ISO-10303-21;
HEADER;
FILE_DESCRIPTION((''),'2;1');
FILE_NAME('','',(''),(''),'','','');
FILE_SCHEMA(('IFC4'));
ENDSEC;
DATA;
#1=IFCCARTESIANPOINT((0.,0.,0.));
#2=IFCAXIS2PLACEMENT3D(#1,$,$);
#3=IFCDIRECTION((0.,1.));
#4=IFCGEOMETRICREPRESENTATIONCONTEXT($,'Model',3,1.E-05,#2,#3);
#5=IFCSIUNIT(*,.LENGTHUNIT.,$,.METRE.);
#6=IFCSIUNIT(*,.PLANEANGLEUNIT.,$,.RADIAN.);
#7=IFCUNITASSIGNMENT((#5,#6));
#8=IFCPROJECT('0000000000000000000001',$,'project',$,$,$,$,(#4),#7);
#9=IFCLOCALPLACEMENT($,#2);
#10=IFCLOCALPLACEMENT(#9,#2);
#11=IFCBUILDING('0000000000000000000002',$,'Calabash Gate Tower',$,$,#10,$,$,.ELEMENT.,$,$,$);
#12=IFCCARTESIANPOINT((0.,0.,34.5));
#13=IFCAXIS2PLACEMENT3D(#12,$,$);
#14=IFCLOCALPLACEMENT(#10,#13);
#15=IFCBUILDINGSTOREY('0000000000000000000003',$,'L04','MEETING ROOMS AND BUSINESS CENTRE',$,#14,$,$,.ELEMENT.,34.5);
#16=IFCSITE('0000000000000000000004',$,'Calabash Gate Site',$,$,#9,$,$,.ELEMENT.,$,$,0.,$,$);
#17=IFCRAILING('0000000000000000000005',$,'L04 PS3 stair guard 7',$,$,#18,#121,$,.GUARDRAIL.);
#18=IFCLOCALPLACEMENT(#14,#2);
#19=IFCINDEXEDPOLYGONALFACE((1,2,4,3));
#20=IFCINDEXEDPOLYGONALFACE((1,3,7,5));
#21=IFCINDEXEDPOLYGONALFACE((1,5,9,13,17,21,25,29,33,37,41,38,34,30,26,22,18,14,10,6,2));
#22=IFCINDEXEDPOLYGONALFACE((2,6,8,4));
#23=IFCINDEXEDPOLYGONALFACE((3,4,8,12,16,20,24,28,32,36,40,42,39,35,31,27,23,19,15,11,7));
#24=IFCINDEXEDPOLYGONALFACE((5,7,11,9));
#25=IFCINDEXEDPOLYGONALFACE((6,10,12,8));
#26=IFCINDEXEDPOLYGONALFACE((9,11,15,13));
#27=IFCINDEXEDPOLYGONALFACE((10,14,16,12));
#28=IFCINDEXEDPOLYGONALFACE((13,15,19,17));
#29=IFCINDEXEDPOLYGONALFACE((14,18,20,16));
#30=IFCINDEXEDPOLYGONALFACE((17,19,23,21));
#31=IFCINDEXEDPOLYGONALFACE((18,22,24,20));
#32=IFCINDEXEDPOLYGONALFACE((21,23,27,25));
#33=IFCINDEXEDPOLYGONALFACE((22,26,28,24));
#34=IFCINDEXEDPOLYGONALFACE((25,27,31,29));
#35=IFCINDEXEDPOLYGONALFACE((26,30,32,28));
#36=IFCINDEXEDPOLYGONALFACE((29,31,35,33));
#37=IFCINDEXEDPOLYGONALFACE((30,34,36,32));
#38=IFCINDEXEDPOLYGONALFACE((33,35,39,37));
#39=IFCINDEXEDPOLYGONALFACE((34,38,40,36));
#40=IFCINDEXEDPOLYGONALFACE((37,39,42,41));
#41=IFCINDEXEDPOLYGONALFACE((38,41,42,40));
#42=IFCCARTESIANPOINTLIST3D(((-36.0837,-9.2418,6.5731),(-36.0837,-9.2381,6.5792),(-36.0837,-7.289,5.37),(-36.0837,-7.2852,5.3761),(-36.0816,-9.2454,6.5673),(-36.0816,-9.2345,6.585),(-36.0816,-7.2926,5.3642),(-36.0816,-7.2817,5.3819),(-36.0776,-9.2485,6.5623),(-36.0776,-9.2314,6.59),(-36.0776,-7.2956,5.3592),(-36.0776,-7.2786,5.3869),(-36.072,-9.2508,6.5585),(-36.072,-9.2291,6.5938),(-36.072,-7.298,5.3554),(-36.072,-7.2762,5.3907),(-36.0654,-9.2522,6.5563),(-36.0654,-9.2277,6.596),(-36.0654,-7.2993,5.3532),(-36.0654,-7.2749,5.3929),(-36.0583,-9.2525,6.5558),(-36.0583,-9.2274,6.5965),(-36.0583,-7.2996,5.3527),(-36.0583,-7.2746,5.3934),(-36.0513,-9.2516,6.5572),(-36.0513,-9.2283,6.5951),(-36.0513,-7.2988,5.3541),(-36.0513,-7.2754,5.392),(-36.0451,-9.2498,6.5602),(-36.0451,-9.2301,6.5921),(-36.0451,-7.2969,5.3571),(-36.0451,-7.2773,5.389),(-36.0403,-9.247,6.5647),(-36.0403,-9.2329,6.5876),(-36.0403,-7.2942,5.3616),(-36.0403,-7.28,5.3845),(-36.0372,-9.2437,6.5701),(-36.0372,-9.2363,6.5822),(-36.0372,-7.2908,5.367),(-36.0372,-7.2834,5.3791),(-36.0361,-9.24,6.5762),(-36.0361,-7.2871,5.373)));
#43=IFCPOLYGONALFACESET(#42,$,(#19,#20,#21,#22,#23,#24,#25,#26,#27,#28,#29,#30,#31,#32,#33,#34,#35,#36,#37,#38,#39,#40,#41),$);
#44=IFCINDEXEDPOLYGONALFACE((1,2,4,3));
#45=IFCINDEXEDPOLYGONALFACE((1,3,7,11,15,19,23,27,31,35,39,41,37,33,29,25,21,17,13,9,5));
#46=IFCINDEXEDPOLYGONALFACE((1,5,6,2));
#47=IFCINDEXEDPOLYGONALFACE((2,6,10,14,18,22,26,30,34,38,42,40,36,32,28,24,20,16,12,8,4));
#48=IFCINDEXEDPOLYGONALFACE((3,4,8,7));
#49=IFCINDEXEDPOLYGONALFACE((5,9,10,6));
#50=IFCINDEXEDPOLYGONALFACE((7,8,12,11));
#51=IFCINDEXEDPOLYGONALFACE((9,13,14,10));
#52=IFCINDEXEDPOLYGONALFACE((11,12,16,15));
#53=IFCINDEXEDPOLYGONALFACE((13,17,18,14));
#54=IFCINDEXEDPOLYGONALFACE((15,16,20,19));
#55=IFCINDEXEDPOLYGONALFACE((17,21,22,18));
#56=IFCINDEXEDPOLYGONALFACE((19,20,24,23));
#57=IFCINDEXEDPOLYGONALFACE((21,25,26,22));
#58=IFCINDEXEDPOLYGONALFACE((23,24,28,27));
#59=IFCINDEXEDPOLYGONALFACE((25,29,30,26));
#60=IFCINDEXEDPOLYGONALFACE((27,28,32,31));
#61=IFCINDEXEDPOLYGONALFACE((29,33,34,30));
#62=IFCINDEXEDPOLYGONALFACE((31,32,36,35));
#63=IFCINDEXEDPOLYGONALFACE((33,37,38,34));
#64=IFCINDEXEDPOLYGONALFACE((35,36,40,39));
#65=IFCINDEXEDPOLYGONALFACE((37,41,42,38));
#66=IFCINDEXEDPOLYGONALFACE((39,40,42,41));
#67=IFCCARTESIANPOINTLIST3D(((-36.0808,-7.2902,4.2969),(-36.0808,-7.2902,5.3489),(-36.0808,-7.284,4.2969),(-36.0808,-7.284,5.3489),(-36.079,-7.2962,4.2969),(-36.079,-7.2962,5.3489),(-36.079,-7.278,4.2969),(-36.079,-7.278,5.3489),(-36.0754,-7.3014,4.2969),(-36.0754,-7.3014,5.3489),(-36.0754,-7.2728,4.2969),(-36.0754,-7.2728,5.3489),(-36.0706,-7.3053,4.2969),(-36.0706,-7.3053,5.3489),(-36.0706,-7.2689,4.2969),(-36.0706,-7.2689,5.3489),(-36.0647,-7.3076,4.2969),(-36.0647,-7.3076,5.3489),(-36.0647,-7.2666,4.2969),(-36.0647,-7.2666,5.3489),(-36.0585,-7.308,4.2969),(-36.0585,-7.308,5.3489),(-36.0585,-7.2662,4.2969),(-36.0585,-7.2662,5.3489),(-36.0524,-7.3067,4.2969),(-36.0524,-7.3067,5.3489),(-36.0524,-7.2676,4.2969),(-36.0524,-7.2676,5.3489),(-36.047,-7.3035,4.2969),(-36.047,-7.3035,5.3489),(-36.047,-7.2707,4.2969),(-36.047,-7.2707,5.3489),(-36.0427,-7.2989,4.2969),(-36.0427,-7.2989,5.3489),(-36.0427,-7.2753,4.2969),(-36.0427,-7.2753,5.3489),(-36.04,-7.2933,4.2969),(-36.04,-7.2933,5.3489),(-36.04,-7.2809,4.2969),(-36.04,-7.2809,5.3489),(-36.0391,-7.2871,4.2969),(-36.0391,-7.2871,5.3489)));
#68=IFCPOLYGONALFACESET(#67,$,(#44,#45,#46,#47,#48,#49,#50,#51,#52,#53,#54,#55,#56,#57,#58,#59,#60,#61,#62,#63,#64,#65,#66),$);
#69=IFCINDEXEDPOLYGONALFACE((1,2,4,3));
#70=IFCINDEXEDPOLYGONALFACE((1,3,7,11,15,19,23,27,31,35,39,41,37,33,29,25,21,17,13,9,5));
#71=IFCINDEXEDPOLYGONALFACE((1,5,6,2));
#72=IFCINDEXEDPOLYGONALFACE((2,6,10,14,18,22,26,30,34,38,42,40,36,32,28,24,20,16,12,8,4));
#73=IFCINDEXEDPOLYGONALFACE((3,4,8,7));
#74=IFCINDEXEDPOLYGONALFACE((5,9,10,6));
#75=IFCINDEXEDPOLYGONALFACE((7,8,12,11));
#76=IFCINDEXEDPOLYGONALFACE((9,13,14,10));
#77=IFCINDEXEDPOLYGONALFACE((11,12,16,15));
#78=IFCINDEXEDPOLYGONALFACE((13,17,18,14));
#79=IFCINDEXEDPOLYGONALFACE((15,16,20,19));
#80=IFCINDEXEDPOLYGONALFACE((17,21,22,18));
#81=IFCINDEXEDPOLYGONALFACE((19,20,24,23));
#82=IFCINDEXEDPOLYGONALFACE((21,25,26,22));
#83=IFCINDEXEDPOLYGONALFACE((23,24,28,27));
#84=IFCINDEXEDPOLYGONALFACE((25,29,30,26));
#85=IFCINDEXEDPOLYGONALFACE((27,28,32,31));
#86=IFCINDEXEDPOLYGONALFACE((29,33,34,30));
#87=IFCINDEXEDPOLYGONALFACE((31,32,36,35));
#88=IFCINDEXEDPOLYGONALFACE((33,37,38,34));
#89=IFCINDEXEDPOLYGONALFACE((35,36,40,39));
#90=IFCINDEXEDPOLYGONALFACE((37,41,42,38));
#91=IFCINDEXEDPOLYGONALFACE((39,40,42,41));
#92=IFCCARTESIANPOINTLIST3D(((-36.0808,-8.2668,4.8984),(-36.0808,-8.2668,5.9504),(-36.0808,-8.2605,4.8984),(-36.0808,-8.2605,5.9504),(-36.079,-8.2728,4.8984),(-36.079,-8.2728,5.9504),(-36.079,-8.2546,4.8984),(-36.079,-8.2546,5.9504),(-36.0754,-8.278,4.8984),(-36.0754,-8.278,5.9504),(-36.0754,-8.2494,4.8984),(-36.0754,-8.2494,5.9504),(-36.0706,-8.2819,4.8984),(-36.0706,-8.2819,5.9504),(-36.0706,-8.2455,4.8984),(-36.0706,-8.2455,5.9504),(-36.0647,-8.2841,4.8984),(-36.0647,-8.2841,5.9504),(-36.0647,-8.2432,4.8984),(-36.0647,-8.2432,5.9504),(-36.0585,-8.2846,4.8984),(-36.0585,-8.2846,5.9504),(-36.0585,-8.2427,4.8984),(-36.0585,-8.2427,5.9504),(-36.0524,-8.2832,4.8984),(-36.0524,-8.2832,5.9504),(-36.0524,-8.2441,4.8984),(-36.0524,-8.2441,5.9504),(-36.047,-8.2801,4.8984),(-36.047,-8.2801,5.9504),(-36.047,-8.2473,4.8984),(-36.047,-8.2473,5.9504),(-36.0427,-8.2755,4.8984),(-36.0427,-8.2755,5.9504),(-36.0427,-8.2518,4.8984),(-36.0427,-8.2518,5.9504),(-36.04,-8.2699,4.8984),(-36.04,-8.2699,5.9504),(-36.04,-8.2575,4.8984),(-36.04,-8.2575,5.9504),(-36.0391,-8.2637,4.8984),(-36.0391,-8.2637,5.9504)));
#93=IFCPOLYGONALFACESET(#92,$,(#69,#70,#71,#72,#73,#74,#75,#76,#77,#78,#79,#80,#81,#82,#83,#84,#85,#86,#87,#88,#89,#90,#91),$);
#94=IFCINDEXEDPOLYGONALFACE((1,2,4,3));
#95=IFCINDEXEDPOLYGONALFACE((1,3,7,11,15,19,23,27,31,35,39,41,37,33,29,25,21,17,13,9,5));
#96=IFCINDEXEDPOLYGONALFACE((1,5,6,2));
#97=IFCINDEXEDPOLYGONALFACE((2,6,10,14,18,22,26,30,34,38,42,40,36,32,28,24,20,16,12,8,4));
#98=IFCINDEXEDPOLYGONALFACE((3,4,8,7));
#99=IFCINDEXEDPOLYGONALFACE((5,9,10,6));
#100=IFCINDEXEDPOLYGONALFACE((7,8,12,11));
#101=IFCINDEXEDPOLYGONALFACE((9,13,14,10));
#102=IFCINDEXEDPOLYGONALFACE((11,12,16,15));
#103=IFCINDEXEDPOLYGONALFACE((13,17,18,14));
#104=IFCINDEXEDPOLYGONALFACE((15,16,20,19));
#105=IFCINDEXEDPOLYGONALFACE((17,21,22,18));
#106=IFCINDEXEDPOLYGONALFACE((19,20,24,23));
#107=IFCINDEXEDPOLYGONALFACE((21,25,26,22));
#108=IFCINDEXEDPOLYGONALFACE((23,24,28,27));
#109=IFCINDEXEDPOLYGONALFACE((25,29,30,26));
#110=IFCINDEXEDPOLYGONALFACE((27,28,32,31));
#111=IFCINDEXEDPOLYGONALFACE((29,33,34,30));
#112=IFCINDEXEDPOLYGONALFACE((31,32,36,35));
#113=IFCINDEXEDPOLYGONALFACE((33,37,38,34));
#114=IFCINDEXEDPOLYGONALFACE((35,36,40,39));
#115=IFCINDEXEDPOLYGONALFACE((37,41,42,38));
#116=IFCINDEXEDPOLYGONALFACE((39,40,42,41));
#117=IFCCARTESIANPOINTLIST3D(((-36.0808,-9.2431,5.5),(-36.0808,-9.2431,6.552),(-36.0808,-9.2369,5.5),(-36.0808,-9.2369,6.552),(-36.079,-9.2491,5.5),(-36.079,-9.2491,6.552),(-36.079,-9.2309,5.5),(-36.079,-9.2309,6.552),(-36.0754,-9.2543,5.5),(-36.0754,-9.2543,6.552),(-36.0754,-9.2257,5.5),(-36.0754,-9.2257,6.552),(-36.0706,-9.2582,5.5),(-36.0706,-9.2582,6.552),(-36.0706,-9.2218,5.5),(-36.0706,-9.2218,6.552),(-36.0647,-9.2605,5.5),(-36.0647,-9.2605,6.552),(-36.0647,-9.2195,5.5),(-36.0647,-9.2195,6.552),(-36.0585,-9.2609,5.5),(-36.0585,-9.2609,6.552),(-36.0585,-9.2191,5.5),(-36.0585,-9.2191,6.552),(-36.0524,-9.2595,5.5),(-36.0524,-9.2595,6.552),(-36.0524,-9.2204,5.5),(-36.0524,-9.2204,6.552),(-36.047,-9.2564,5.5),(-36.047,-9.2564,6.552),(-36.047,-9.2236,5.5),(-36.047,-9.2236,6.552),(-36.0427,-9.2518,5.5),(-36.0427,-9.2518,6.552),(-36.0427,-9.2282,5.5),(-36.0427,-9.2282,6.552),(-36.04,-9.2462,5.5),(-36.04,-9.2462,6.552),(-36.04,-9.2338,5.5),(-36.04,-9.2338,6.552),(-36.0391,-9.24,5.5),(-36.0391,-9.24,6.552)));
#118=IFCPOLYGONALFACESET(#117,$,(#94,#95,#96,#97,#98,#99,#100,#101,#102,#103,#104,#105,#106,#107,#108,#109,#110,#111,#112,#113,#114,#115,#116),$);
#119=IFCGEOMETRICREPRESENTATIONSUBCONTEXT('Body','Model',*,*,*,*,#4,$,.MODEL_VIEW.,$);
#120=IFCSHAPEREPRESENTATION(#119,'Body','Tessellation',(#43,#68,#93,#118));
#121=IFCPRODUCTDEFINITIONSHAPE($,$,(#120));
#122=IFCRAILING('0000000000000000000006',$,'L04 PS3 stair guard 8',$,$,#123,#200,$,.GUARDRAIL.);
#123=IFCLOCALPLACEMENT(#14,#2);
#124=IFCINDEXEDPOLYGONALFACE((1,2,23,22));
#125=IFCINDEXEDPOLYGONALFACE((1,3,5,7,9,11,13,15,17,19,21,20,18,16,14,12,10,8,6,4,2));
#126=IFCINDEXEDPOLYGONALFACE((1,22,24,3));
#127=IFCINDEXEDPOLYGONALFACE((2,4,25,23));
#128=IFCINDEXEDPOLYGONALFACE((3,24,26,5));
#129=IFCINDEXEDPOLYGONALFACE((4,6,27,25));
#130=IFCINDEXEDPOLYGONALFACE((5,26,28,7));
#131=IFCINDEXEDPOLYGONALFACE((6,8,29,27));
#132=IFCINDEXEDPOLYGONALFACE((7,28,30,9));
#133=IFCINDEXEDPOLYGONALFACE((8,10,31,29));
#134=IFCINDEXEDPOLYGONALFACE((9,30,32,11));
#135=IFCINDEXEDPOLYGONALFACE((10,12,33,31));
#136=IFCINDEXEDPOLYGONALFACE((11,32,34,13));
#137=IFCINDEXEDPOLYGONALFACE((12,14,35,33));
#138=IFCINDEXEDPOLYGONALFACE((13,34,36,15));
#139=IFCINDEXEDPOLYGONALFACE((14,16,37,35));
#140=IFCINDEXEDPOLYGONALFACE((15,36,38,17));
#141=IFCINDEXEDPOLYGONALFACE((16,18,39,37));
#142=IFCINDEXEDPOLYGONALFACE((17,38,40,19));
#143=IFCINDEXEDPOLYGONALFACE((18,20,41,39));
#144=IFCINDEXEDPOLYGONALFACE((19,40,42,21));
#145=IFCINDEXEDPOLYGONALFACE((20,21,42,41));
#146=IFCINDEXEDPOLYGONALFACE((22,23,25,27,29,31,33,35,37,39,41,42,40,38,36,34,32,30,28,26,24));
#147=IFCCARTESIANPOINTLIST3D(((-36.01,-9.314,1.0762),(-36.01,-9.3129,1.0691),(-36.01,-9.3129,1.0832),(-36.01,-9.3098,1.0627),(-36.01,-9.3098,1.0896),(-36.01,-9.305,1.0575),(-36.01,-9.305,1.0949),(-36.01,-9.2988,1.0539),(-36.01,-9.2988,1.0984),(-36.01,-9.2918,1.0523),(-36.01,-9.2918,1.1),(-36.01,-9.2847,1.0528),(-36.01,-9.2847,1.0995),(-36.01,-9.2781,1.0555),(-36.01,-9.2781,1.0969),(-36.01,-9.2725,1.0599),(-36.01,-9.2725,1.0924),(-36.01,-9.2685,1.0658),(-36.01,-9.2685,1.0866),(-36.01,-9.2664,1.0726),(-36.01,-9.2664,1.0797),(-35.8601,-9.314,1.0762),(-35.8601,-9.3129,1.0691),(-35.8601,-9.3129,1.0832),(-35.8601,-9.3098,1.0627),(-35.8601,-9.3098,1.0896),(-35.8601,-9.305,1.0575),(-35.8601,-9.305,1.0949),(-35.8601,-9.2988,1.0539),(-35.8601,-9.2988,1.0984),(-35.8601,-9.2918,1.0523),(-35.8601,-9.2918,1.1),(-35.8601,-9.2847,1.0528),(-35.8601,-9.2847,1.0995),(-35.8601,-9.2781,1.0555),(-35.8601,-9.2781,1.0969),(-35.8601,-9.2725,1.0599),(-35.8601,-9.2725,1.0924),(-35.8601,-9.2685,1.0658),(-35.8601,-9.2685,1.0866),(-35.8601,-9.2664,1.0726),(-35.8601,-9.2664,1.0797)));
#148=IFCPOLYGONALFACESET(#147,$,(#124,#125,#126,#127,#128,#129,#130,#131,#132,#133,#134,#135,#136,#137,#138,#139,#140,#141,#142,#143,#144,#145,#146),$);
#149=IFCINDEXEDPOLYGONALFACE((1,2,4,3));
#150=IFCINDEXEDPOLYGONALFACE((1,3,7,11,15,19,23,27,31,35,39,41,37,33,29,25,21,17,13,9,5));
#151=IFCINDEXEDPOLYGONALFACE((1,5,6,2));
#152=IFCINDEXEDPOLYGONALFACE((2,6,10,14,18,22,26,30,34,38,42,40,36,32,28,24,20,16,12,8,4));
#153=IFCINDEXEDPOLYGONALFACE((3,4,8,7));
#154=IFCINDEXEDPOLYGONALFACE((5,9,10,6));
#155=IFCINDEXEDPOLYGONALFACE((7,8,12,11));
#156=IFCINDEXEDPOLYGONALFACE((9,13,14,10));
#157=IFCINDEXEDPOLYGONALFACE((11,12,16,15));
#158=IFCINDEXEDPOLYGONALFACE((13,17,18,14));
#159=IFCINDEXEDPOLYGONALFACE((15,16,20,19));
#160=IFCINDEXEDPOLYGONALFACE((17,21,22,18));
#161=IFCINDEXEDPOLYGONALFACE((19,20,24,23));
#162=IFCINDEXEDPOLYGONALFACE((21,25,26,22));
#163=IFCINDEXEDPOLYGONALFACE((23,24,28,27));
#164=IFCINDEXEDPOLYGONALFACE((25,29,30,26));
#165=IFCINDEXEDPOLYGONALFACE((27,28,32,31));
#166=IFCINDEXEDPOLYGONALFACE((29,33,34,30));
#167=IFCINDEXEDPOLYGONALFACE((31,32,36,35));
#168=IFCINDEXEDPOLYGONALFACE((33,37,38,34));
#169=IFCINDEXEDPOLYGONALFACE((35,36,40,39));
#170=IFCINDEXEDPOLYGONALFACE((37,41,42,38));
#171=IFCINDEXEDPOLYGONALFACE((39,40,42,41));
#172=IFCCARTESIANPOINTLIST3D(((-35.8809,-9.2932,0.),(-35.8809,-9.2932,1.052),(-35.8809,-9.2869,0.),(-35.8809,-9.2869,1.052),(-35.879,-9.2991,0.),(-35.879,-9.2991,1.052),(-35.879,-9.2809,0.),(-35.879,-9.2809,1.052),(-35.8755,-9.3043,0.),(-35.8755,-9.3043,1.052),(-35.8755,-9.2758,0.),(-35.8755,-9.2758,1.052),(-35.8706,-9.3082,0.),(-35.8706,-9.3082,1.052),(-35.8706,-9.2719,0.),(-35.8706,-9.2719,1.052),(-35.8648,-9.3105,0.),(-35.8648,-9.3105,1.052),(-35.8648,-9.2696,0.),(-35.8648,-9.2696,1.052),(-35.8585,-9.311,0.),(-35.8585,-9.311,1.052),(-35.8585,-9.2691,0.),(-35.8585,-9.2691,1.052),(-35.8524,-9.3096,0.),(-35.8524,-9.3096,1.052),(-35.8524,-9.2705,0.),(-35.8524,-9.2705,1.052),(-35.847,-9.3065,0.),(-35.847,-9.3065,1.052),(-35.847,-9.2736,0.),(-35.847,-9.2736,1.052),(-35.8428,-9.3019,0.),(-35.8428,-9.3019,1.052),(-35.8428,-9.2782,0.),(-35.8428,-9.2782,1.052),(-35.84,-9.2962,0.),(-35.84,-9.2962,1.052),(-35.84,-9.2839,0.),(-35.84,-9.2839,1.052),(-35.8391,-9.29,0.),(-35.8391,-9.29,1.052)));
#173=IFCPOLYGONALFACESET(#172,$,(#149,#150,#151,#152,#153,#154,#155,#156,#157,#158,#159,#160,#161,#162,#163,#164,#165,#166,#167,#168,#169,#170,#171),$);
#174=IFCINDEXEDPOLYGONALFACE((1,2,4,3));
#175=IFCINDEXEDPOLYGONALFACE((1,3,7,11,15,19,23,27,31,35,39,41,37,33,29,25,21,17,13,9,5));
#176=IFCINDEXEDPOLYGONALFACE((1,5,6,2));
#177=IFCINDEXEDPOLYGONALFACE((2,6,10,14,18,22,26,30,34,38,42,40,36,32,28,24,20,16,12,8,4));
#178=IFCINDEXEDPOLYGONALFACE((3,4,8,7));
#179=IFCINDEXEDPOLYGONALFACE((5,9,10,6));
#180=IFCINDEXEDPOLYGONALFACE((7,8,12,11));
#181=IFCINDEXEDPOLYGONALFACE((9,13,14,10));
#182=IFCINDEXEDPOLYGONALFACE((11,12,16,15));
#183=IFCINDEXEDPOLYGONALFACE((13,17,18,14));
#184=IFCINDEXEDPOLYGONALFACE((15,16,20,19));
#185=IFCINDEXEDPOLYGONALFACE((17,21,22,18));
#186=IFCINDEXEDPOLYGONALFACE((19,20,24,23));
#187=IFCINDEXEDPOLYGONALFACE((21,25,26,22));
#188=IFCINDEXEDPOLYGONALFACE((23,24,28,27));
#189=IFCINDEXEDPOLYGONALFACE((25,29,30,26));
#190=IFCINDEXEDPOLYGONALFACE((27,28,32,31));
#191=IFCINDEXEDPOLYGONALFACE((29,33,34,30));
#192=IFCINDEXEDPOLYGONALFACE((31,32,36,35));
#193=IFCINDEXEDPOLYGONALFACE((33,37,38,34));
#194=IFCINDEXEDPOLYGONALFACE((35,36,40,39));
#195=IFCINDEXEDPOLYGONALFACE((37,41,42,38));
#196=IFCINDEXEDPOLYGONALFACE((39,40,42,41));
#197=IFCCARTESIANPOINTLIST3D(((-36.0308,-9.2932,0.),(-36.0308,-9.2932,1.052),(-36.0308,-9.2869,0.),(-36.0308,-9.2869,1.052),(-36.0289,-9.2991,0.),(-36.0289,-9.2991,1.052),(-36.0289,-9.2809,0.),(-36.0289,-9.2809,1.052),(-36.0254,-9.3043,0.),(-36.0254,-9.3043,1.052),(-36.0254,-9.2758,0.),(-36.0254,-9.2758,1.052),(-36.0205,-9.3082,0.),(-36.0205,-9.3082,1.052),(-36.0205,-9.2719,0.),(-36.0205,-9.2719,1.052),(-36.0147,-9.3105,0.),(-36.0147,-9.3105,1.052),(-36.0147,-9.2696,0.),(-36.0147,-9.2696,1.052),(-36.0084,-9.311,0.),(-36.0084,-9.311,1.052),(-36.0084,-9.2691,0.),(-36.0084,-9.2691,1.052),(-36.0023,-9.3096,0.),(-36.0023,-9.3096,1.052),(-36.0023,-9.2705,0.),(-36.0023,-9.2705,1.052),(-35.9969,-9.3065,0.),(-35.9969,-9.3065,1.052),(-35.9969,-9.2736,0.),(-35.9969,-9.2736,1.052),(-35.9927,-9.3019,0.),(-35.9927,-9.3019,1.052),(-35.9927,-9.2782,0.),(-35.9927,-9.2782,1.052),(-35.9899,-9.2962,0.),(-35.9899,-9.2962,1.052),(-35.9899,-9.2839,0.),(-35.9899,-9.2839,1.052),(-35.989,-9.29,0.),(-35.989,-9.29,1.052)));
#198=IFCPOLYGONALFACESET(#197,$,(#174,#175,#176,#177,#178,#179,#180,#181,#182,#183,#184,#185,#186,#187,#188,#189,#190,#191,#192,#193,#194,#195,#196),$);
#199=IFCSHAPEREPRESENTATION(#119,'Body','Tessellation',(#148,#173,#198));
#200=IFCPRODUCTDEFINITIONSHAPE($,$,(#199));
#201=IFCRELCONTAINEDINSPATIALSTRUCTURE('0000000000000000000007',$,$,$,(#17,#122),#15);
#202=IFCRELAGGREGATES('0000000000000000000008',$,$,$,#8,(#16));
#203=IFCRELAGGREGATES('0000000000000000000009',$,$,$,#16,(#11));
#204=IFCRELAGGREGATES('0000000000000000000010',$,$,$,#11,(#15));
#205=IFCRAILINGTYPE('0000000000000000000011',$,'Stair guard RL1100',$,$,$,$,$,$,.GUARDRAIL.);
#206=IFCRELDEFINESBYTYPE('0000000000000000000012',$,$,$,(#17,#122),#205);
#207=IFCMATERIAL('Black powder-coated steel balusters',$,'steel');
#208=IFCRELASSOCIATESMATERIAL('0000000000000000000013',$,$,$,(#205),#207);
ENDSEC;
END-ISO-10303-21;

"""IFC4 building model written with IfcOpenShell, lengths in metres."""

from ifc_helpers import new_model, si_unit, direction, frame, origin, origin_2d, place, context, subcontext, project, spatial, circle, extrude, material, type_object, element, save


model = new_model("IFC4")

# Units and contexts
model_context = context("Model", 3, precision=1e-05, world=origin(), true_north=direction((0.0, 1.0)))
body_context = subcontext(model_context, "Body", "Model", "MODEL_VIEW")
ifc_project = project(units=[si_unit("LENGTHUNIT", "METRE"), si_unit("PLANEANGLEUNIT", "RADIAN")], contexts=[model_context])

# Site, building, storey
site_placement = place(None, origin())
site = spatial("IfcSite", under=ifc_project, at=site_placement, Name="Calabash Gate Site", CompositionType="ELEMENT", RefElevation=0.0)
building_placement = place(site_placement, origin())
building = spatial("IfcBuilding", under=site, at=building_placement, Name="Calabash Gate Tower", CompositionType="ELEMENT")
storey_placement = place(building_placement, frame((0.0, 0.0, 34.5)))
storey = spatial("IfcBuildingStorey", under=building, at=storey_placement, Name="L04", Description="MEETING ROOMS AND BUSINESS CENTRE", CompositionType="ELEMENT", Elevation=34.5)

# Railings
ifc_material_1 = material(Name="Black powder-coated steel balusters", Category="steel")
railing_type_1 = type_object("IfcRailingType", Name="Stair guard RL1100", PredefinedType="GUARDRAIL", material=ifc_material_1)
railing_1_placement = place(storey_placement, frame((-36.0601, -7.2871, 4.2969)))
element("IfcRailing", 1, at=railing_1_placement, inside=storey, type_object=railing_type_1, Name="L04 PS3 stair guard 7", PredefinedType="GUARDRAIL", context=body_context, shape_type="SweptSolid", body=[
    extrude(circle(Radius=0.0239, at=origin_2d()), frame((0.0, 0.0, 1.0762), z_axis=(0.0, -0.851395, 0.524525), x_axis=(1.0, 0.0, 0.0)), (0.0, 0.0, 1.0), 2.2937),
    extrude(circle(Radius=0.021, at=origin_2d()), origin(), (0.0, 0.0, 1.0), 1.052),
    extrude(circle(Radius=0.021, at=origin_2d()), frame((0.0, -0.9766, 0.6016)), (0.0, 0.0, 1.0), 1.052),
    extrude(circle(Radius=0.021, at=origin_2d()), frame((0.0, -1.9529, 1.2031)), (0.0, 0.0, 1.0), 1.052),
])
railing_2_placement = place(storey_placement, frame((-35.8601, -9.29, 0.0)))
element("IfcRailing", 2, at=railing_2_placement, inside=storey, type_object=railing_type_1, Name="L04 PS3 stair guard 8", PredefinedType="GUARDRAIL", context=body_context, shape_type="SweptSolid", body=[
    extrude(circle(Radius=0.0239, at=origin_2d()), frame((0.0, 0.0, 1.0762), z_axis=(-1.0, 0.0, 0.0), x_axis=(0.0, -1.0, 0.0)), (0.0, 0.0, 1.0), 0.1499),
    extrude(circle(Radius=0.021, at=origin_2d()), origin(), (0.0, 0.0, 1.0), 1.052),
    extrude(circle(Radius=0.021, at=origin_2d()), frame((-0.1499, 0.0, 0.0)), (0.0, 0.0, 1.0), 1.052),
])

save(model, "model.ifc")
